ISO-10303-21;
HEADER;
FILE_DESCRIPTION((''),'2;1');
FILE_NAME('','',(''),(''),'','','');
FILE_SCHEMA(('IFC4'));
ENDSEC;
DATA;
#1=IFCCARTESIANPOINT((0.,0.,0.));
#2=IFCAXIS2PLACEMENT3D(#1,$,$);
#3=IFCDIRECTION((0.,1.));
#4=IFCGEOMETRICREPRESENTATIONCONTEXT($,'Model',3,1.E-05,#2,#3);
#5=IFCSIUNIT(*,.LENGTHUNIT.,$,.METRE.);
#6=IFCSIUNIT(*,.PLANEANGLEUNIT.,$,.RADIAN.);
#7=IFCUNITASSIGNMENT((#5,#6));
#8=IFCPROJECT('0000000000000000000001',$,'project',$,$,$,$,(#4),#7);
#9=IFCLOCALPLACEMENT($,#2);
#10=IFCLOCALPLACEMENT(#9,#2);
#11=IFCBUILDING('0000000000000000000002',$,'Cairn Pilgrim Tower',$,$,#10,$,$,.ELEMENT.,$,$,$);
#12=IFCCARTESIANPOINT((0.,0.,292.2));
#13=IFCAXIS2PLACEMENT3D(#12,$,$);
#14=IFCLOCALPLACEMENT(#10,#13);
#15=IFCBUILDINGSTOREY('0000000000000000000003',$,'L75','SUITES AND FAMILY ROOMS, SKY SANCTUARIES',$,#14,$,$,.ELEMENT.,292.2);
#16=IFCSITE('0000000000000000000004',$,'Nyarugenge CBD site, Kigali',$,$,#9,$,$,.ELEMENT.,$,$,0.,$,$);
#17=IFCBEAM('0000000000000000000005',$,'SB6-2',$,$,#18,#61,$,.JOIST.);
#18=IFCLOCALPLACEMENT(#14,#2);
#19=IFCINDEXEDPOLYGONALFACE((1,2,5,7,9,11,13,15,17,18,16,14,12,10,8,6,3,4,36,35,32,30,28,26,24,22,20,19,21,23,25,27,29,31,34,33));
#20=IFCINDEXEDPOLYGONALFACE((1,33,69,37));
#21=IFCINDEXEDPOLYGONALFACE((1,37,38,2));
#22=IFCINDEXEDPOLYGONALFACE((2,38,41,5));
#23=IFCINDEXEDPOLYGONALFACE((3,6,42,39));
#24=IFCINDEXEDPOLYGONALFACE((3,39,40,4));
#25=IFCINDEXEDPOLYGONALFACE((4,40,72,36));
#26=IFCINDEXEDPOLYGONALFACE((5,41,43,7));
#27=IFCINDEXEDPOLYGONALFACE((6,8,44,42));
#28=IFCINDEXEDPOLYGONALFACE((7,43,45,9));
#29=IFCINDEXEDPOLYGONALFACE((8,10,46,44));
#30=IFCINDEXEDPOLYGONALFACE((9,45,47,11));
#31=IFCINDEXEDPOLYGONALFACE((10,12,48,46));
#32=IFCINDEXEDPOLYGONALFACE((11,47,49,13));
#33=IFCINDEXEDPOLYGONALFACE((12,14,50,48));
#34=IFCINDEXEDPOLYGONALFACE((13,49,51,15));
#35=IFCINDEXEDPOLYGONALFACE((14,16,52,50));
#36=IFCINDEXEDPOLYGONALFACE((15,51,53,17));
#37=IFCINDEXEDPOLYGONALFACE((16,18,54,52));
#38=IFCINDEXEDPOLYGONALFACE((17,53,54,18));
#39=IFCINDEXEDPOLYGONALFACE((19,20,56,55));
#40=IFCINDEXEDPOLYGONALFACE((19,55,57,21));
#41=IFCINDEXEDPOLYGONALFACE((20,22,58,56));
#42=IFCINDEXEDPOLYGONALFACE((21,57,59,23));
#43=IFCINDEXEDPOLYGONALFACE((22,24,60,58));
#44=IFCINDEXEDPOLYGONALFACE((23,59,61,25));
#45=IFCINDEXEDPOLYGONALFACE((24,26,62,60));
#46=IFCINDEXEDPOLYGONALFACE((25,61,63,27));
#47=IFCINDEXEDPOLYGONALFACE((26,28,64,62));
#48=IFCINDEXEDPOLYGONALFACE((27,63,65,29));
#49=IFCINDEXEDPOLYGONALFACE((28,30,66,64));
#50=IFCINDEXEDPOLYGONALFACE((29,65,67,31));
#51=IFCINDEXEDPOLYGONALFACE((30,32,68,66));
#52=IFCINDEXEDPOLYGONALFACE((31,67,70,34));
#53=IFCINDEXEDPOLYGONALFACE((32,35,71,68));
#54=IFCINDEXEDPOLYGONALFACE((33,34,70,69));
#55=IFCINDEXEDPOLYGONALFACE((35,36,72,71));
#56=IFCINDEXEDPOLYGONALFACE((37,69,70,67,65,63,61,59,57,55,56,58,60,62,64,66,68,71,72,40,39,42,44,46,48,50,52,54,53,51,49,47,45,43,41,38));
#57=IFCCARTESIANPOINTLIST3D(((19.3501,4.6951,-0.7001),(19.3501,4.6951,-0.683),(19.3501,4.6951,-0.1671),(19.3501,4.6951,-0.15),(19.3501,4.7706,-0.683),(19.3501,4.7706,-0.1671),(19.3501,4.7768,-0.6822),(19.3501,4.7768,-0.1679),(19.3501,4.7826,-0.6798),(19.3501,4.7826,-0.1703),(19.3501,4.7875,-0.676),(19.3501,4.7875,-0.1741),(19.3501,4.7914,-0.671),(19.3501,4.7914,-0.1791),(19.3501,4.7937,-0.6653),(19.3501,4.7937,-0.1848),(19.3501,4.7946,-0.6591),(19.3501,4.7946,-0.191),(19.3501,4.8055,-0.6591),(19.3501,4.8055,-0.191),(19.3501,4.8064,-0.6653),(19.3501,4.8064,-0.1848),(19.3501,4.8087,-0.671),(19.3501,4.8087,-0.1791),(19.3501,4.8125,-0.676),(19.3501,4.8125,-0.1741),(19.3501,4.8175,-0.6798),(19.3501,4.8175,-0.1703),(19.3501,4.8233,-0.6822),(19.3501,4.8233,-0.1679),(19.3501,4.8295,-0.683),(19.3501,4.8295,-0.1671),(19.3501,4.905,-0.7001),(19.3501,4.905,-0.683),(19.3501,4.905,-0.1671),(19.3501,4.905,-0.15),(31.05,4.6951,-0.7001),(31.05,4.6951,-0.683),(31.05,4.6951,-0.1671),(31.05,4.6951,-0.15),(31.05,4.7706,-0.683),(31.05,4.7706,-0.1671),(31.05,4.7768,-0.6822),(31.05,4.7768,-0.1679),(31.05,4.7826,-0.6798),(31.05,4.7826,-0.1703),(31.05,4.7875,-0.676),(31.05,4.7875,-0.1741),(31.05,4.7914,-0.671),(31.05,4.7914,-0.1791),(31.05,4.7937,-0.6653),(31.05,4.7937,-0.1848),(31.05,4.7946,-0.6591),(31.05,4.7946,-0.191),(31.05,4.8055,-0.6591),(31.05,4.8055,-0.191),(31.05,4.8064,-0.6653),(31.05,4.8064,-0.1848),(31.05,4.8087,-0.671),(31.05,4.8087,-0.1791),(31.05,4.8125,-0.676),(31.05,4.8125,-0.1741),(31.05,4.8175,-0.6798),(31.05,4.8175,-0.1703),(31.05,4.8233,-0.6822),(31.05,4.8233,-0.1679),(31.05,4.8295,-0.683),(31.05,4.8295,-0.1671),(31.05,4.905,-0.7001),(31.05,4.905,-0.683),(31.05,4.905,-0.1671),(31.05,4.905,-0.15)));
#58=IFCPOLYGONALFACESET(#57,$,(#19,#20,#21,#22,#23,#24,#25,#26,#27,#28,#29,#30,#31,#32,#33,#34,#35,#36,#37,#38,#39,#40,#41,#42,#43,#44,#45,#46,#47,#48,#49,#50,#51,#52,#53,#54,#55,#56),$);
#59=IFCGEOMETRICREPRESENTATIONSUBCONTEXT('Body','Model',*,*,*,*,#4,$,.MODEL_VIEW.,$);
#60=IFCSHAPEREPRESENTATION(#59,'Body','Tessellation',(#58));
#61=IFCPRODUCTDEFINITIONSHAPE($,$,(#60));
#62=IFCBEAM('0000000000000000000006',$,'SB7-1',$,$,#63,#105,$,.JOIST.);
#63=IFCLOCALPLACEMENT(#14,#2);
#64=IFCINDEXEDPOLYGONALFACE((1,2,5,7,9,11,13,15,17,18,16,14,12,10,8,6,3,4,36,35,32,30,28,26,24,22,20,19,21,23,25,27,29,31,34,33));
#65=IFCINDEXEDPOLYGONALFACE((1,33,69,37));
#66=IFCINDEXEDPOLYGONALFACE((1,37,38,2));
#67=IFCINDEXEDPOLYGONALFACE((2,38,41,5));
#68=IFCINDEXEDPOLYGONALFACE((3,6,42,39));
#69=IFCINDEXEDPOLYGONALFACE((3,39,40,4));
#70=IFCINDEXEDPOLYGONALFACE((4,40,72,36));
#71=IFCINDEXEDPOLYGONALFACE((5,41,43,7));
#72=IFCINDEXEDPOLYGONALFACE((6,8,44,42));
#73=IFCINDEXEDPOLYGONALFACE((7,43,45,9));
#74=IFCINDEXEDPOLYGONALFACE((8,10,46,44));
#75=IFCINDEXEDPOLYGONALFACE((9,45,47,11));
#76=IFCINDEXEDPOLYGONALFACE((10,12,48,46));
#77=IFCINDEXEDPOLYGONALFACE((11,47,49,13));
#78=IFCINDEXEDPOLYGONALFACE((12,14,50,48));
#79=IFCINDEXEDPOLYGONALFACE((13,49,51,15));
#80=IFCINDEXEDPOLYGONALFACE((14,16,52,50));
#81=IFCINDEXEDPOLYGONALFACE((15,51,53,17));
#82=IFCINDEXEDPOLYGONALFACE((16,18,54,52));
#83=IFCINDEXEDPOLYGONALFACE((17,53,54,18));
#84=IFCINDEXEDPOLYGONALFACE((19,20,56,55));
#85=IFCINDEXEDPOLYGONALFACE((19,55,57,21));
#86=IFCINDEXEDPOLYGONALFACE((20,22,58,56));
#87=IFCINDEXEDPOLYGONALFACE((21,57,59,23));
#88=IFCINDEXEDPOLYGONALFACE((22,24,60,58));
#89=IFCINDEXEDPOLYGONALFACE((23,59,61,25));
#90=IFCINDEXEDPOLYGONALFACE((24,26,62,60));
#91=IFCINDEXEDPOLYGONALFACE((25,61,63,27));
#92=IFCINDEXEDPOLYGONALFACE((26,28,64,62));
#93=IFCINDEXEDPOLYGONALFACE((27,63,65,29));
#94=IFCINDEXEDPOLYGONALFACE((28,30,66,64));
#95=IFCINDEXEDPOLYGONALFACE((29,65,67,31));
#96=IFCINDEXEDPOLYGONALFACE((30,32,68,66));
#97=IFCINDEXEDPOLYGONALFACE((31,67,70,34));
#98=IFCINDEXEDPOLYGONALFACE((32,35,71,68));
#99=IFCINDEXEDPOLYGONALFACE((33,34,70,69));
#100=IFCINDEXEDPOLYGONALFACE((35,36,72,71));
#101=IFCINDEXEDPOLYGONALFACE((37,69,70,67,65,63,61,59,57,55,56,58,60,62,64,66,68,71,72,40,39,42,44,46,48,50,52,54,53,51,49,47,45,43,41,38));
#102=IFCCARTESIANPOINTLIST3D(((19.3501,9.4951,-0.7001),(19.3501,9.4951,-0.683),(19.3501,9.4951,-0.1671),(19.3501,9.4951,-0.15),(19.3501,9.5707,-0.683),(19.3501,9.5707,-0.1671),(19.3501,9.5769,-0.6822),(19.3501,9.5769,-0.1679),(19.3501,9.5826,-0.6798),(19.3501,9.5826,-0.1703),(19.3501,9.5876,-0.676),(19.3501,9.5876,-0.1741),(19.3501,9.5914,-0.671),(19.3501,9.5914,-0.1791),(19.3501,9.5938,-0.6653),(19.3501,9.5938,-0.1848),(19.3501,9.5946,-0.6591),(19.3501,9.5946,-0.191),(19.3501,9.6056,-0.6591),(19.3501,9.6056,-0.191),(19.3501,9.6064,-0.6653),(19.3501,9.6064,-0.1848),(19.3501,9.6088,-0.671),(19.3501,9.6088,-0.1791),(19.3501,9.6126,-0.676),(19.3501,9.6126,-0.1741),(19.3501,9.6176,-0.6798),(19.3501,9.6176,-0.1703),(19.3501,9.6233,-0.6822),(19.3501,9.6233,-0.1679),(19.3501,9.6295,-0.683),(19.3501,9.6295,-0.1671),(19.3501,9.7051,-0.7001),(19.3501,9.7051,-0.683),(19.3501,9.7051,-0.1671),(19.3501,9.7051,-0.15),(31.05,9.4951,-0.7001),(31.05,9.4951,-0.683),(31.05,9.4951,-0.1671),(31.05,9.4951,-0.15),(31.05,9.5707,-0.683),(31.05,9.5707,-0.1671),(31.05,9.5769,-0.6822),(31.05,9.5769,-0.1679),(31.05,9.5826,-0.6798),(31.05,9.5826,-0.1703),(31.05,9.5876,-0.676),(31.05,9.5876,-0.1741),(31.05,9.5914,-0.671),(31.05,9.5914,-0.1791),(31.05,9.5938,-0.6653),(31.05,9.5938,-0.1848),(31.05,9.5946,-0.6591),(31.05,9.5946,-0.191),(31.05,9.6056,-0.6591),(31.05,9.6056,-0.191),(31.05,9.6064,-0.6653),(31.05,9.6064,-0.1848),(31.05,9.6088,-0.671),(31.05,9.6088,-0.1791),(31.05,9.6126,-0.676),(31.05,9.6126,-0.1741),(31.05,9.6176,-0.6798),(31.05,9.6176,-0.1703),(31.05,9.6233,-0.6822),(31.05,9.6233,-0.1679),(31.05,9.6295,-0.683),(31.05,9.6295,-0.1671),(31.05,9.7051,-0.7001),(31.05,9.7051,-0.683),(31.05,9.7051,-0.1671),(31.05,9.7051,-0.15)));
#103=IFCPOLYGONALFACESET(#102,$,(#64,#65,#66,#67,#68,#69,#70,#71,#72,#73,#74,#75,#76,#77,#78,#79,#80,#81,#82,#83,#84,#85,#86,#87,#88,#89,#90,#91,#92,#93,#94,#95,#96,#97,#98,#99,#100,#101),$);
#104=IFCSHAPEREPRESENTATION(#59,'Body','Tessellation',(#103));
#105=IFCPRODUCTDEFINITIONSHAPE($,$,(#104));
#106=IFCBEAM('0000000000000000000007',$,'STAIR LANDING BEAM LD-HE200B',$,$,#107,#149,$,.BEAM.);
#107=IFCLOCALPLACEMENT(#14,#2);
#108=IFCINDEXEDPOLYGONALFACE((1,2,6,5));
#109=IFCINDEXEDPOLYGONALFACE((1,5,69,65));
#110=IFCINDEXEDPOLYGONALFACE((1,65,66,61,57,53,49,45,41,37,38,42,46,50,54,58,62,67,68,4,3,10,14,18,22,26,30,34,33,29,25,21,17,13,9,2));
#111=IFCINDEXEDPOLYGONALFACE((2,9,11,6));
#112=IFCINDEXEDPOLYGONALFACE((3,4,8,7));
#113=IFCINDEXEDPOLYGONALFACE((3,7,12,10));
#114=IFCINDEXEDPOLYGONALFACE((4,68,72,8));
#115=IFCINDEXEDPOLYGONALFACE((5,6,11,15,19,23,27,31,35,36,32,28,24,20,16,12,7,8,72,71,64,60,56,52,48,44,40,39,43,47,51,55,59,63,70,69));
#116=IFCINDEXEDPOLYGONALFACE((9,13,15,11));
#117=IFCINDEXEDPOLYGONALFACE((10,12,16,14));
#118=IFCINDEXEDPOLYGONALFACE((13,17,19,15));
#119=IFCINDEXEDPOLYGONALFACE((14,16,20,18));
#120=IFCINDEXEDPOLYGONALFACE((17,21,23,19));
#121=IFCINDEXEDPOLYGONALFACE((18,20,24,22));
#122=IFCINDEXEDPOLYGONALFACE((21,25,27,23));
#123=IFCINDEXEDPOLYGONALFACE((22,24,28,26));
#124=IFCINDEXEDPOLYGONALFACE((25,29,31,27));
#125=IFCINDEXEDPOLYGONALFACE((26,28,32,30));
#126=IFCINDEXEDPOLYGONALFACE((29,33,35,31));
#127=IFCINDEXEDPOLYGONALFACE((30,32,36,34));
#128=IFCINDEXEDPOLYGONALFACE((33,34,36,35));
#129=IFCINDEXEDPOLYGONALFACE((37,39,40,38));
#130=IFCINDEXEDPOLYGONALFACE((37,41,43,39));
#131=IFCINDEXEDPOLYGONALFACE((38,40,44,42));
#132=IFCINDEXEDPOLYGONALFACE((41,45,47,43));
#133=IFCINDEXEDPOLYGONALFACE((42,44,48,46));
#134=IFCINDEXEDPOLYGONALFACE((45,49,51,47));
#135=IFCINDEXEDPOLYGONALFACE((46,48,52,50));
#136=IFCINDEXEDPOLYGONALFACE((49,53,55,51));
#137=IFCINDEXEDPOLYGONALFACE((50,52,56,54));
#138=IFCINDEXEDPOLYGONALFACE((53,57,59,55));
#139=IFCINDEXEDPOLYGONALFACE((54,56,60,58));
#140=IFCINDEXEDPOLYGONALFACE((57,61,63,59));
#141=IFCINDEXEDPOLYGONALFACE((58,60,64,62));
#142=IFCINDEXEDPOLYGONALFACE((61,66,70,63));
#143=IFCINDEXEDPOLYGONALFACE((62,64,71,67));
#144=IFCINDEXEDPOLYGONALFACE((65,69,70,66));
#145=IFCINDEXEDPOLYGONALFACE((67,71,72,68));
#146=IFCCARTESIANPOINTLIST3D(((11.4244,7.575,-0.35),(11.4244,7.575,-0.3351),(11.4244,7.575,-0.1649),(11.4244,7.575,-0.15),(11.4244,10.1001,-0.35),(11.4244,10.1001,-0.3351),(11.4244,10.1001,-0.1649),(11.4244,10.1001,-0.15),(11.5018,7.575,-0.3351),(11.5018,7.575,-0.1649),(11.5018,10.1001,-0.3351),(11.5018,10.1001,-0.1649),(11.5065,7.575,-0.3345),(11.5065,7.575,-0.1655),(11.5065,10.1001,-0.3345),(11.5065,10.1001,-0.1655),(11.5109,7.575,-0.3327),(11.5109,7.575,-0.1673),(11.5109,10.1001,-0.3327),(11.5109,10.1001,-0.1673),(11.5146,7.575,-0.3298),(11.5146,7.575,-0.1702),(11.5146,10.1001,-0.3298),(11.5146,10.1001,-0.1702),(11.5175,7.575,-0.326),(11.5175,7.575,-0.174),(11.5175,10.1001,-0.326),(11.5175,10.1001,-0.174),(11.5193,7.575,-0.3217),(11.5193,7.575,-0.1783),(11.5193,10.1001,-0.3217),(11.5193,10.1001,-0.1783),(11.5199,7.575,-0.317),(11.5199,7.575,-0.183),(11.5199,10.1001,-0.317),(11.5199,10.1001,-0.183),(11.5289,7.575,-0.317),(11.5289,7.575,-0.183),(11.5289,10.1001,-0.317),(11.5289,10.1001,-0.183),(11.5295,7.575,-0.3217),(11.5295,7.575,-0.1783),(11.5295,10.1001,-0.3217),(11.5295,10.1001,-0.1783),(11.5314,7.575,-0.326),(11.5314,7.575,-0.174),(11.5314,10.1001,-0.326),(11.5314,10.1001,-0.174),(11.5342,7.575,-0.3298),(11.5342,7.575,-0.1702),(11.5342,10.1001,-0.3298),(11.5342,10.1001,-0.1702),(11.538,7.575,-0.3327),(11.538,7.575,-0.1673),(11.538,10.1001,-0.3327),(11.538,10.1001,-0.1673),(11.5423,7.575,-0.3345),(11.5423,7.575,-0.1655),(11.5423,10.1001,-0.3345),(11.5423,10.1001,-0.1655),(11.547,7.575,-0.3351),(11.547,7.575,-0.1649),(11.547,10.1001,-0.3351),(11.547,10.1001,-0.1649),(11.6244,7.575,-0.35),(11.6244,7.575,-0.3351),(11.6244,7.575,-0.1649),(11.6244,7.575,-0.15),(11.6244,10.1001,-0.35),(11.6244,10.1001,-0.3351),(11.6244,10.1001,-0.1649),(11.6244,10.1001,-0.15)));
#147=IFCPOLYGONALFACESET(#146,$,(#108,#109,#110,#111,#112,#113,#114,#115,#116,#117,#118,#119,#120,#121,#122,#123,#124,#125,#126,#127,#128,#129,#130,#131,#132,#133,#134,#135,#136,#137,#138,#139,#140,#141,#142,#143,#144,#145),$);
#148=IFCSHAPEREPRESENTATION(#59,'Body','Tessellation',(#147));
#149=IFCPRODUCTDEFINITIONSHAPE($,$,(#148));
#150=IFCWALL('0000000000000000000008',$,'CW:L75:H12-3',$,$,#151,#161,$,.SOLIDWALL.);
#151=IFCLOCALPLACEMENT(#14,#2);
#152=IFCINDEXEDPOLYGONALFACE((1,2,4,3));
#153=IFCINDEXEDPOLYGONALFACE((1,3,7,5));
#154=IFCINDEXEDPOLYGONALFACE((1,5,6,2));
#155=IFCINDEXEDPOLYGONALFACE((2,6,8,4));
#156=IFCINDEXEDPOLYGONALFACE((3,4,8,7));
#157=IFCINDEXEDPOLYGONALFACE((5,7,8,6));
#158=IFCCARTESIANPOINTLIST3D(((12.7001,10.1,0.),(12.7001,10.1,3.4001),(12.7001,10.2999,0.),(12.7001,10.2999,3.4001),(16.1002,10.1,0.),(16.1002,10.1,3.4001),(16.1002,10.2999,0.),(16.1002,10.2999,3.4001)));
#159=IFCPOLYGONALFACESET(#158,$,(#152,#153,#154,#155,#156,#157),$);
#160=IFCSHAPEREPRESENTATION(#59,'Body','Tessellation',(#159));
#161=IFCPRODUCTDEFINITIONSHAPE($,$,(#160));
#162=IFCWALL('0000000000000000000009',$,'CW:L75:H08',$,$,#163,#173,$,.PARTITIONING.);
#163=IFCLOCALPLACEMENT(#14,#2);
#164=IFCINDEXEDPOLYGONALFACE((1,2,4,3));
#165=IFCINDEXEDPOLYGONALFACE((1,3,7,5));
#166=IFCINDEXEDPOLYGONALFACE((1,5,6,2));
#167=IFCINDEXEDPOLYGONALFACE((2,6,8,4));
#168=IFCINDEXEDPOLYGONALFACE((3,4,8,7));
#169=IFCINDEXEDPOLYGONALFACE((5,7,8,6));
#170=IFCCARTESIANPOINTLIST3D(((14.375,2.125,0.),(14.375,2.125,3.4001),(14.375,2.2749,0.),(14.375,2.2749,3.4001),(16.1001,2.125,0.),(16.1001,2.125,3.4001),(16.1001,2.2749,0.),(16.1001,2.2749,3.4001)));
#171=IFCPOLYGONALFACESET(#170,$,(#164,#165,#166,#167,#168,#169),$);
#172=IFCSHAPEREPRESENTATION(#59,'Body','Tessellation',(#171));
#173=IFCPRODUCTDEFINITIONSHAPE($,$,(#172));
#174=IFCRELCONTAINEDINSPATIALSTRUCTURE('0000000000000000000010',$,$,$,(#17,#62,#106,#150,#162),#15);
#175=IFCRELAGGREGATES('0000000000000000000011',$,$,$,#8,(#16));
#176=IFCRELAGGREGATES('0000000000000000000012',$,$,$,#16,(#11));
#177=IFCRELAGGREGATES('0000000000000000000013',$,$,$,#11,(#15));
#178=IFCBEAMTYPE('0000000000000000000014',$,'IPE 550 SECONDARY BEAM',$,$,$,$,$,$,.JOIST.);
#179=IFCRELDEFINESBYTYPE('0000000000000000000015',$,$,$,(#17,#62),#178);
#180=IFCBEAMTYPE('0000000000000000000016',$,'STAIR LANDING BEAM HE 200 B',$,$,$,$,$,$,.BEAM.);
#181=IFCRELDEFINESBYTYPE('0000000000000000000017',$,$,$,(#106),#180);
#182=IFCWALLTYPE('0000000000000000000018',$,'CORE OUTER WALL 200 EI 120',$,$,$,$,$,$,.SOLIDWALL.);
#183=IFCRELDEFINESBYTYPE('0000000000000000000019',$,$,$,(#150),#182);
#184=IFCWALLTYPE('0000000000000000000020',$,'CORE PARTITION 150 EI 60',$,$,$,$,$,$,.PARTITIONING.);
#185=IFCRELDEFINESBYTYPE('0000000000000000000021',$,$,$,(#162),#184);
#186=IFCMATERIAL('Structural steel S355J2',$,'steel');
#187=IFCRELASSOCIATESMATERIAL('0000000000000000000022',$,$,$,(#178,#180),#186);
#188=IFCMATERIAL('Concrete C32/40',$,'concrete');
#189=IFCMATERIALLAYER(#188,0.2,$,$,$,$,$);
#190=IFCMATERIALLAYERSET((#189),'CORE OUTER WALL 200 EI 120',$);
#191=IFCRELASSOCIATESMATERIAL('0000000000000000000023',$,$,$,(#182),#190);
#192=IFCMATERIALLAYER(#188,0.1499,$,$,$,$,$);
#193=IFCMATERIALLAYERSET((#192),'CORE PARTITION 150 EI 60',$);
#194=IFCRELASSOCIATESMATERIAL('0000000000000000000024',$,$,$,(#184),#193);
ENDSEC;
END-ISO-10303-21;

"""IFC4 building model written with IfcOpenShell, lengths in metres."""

from ifc_helpers import new_model, si_unit, direction, frame, frame_2d, origin, origin_2d, place, context, subcontext, project, spatial, rectangle, i_section, extrude, material, layer, layer_set, material_profile, profile_set, type_object, element, save


model = new_model("IFC4")

# Units and contexts
model_context = context("Model", 3, precision=1e-05, world=origin(), true_north=direction((0.0, 1.0)))
body_context = subcontext(model_context, "Body", "Model", "MODEL_VIEW")
ifc_project = project(units=[si_unit("LENGTHUNIT", "METRE"), si_unit("PLANEANGLEUNIT", "RADIAN")], contexts=[model_context])

# Site, building, storey
site_placement = place(None, origin())
site = spatial("IfcSite", under=ifc_project, at=site_placement, Name="Nyarugenge CBD site, Kigali", CompositionType="ELEMENT", RefElevation=0.0)
building_placement = place(site_placement, origin())
building = spatial("IfcBuilding", under=site, at=building_placement, Name="Cairn Pilgrim Tower", CompositionType="ELEMENT")
storey_placement = place(building_placement, frame((0.0, 0.0, 292.2)))
storey = spatial("IfcBuildingStorey", under=building, at=storey_placement, Name="L75", Description="SUITES AND FAMILY ROOMS, SKY SANCTUARIES", CompositionType="ELEMENT", Elevation=292.2)

# Shared definitions
ifc_material_1 = material(Name="Structural steel S355J2", Category="steel")

# Beams
ifc_material_profile_1 = material_profile(ifc_material_1, i_section(OverallWidth=0.21, OverallDepth=0.55, WebThickness=0.011, FlangeThickness=0.0171, FilletRadius=0.0239, at=origin_2d()), Name="IPE 550")
ifc_profile_set_1 = profile_set([ifc_material_profile_1], Name="Structural steel S355J2")
beam_type_1 = type_object("IfcBeamType", Name="IPE 550 SECONDARY BEAM", PredefinedType="JOIST", material=ifc_profile_set_1)
for number, where, z_axis, x_axis, name in (
    (1, (19.3501, 4.8, -0.425), (1.0, 0.0, 0.0), (0.0, 1.0, 0.0), "SB6-2"),
    (2, (19.3501, 9.6001, -0.425), (1.0, 0.0, 0.0), (0.0, 1.0, 0.0), "SB7-1"),
):
    element("IfcBeam", number, at=place(storey_placement, frame(where, z_axis=z_axis, x_axis=x_axis)), inside=storey, type_object=beam_type_1, Name=name, PredefinedType="JOIST", context=body_context, shape_type="SweptSolid", body=[
        extrude(i_section(OverallWidth=0.21, OverallDepth=0.55, WebThickness=0.011, FlangeThickness=0.0171, FilletRadius=0.0239, at=origin_2d()), origin(), (0.0, 0.0, 1.0), 11.7),
    ])
ifc_material_profile_2 = material_profile(ifc_material_1, i_section(OverallWidth=0.2, OverallDepth=0.2, WebThickness=0.009, FlangeThickness=0.0149, FilletRadius=0.0181, at=origin_2d()), Name="HE 200 B")
ifc_profile_set_2 = profile_set([ifc_material_profile_2], Name="Structural steel S355J2")
beam_type_2 = type_object("IfcBeamType", Name="STAIR LANDING BEAM HE 200 B", PredefinedType="BEAM", material=ifc_profile_set_2)
beam_1_placement = place(storey_placement, frame((11.5244, 10.1001, -0.25), z_axis=(0.0, -1.0, 0.0), x_axis=(1.0, 0.0, 0.0)))
element("IfcBeam", 3, at=beam_1_placement, inside=storey, type_object=beam_type_2, Name="STAIR LANDING BEAM LD-HE200B", PredefinedType="BEAM", context=body_context, shape_type="SweptSolid", body=[
    extrude(i_section(OverallWidth=0.2, OverallDepth=0.2, WebThickness=0.009, FlangeThickness=0.0149, FilletRadius=0.0181, at=origin_2d()), origin(), (0.0, 0.0, 1.0), 2.5251),
])

# Walls
ifc_material_2 = material(Name="Concrete C32/40", Category="concrete")
ifc_layer_1 = layer(ifc_material_2, 0.2)
ifc_layer_set_1 = layer_set([ifc_layer_1], Name="CORE OUTER WALL 200 EI 120")
wall_type_1 = type_object("IfcWallType", Name="CORE OUTER WALL 200 EI 120", PredefinedType="SOLIDWALL", material=ifc_layer_set_1)
wall_1_placement = place(storey_placement, frame((12.7, 10.2, 0.0), z_axis=(0.0, 0.0, 1.0), x_axis=(1.0, 0.0, 0.0)))
element("IfcWall", 4, at=wall_1_placement, inside=storey, type_object=wall_type_1, Name="CW:L75:H12-3", PredefinedType="SOLIDWALL", context=body_context, shape_type="SweptSolid", body=[
    extrude(rectangle(XDim=3.4001, YDim=0.2, at=frame_2d((1.7002, 0.0))), origin(), (0.0, 0.0, 1.0), 3.4001),
])
ifc_layer_2 = layer(ifc_material_2, 0.1499)
ifc_layer_set_2 = layer_set([ifc_layer_2], Name="CORE PARTITION 150 EI 60")
wall_type_2 = type_object("IfcWallType", Name="CORE PARTITION 150 EI 60", PredefinedType="PARTITIONING", material=ifc_layer_set_2)
wall_2_placement = place(storey_placement, frame((14.375, 2.2, 0.0), z_axis=(0.0, 0.0, 1.0), x_axis=(1.0, 0.0, 0.0)))
element("IfcWall", 5, at=wall_2_placement, inside=storey, type_object=wall_type_2, Name="CW:L75:H08", PredefinedType="PARTITIONING", context=body_context, shape_type="SweptSolid", body=[
    extrude(rectangle(XDim=1.7251, YDim=0.1499, at=frame_2d((0.8625, 0.0))), origin(), (0.0, 0.0, 1.0), 3.4001),
])

save(model, "model.ifc")
